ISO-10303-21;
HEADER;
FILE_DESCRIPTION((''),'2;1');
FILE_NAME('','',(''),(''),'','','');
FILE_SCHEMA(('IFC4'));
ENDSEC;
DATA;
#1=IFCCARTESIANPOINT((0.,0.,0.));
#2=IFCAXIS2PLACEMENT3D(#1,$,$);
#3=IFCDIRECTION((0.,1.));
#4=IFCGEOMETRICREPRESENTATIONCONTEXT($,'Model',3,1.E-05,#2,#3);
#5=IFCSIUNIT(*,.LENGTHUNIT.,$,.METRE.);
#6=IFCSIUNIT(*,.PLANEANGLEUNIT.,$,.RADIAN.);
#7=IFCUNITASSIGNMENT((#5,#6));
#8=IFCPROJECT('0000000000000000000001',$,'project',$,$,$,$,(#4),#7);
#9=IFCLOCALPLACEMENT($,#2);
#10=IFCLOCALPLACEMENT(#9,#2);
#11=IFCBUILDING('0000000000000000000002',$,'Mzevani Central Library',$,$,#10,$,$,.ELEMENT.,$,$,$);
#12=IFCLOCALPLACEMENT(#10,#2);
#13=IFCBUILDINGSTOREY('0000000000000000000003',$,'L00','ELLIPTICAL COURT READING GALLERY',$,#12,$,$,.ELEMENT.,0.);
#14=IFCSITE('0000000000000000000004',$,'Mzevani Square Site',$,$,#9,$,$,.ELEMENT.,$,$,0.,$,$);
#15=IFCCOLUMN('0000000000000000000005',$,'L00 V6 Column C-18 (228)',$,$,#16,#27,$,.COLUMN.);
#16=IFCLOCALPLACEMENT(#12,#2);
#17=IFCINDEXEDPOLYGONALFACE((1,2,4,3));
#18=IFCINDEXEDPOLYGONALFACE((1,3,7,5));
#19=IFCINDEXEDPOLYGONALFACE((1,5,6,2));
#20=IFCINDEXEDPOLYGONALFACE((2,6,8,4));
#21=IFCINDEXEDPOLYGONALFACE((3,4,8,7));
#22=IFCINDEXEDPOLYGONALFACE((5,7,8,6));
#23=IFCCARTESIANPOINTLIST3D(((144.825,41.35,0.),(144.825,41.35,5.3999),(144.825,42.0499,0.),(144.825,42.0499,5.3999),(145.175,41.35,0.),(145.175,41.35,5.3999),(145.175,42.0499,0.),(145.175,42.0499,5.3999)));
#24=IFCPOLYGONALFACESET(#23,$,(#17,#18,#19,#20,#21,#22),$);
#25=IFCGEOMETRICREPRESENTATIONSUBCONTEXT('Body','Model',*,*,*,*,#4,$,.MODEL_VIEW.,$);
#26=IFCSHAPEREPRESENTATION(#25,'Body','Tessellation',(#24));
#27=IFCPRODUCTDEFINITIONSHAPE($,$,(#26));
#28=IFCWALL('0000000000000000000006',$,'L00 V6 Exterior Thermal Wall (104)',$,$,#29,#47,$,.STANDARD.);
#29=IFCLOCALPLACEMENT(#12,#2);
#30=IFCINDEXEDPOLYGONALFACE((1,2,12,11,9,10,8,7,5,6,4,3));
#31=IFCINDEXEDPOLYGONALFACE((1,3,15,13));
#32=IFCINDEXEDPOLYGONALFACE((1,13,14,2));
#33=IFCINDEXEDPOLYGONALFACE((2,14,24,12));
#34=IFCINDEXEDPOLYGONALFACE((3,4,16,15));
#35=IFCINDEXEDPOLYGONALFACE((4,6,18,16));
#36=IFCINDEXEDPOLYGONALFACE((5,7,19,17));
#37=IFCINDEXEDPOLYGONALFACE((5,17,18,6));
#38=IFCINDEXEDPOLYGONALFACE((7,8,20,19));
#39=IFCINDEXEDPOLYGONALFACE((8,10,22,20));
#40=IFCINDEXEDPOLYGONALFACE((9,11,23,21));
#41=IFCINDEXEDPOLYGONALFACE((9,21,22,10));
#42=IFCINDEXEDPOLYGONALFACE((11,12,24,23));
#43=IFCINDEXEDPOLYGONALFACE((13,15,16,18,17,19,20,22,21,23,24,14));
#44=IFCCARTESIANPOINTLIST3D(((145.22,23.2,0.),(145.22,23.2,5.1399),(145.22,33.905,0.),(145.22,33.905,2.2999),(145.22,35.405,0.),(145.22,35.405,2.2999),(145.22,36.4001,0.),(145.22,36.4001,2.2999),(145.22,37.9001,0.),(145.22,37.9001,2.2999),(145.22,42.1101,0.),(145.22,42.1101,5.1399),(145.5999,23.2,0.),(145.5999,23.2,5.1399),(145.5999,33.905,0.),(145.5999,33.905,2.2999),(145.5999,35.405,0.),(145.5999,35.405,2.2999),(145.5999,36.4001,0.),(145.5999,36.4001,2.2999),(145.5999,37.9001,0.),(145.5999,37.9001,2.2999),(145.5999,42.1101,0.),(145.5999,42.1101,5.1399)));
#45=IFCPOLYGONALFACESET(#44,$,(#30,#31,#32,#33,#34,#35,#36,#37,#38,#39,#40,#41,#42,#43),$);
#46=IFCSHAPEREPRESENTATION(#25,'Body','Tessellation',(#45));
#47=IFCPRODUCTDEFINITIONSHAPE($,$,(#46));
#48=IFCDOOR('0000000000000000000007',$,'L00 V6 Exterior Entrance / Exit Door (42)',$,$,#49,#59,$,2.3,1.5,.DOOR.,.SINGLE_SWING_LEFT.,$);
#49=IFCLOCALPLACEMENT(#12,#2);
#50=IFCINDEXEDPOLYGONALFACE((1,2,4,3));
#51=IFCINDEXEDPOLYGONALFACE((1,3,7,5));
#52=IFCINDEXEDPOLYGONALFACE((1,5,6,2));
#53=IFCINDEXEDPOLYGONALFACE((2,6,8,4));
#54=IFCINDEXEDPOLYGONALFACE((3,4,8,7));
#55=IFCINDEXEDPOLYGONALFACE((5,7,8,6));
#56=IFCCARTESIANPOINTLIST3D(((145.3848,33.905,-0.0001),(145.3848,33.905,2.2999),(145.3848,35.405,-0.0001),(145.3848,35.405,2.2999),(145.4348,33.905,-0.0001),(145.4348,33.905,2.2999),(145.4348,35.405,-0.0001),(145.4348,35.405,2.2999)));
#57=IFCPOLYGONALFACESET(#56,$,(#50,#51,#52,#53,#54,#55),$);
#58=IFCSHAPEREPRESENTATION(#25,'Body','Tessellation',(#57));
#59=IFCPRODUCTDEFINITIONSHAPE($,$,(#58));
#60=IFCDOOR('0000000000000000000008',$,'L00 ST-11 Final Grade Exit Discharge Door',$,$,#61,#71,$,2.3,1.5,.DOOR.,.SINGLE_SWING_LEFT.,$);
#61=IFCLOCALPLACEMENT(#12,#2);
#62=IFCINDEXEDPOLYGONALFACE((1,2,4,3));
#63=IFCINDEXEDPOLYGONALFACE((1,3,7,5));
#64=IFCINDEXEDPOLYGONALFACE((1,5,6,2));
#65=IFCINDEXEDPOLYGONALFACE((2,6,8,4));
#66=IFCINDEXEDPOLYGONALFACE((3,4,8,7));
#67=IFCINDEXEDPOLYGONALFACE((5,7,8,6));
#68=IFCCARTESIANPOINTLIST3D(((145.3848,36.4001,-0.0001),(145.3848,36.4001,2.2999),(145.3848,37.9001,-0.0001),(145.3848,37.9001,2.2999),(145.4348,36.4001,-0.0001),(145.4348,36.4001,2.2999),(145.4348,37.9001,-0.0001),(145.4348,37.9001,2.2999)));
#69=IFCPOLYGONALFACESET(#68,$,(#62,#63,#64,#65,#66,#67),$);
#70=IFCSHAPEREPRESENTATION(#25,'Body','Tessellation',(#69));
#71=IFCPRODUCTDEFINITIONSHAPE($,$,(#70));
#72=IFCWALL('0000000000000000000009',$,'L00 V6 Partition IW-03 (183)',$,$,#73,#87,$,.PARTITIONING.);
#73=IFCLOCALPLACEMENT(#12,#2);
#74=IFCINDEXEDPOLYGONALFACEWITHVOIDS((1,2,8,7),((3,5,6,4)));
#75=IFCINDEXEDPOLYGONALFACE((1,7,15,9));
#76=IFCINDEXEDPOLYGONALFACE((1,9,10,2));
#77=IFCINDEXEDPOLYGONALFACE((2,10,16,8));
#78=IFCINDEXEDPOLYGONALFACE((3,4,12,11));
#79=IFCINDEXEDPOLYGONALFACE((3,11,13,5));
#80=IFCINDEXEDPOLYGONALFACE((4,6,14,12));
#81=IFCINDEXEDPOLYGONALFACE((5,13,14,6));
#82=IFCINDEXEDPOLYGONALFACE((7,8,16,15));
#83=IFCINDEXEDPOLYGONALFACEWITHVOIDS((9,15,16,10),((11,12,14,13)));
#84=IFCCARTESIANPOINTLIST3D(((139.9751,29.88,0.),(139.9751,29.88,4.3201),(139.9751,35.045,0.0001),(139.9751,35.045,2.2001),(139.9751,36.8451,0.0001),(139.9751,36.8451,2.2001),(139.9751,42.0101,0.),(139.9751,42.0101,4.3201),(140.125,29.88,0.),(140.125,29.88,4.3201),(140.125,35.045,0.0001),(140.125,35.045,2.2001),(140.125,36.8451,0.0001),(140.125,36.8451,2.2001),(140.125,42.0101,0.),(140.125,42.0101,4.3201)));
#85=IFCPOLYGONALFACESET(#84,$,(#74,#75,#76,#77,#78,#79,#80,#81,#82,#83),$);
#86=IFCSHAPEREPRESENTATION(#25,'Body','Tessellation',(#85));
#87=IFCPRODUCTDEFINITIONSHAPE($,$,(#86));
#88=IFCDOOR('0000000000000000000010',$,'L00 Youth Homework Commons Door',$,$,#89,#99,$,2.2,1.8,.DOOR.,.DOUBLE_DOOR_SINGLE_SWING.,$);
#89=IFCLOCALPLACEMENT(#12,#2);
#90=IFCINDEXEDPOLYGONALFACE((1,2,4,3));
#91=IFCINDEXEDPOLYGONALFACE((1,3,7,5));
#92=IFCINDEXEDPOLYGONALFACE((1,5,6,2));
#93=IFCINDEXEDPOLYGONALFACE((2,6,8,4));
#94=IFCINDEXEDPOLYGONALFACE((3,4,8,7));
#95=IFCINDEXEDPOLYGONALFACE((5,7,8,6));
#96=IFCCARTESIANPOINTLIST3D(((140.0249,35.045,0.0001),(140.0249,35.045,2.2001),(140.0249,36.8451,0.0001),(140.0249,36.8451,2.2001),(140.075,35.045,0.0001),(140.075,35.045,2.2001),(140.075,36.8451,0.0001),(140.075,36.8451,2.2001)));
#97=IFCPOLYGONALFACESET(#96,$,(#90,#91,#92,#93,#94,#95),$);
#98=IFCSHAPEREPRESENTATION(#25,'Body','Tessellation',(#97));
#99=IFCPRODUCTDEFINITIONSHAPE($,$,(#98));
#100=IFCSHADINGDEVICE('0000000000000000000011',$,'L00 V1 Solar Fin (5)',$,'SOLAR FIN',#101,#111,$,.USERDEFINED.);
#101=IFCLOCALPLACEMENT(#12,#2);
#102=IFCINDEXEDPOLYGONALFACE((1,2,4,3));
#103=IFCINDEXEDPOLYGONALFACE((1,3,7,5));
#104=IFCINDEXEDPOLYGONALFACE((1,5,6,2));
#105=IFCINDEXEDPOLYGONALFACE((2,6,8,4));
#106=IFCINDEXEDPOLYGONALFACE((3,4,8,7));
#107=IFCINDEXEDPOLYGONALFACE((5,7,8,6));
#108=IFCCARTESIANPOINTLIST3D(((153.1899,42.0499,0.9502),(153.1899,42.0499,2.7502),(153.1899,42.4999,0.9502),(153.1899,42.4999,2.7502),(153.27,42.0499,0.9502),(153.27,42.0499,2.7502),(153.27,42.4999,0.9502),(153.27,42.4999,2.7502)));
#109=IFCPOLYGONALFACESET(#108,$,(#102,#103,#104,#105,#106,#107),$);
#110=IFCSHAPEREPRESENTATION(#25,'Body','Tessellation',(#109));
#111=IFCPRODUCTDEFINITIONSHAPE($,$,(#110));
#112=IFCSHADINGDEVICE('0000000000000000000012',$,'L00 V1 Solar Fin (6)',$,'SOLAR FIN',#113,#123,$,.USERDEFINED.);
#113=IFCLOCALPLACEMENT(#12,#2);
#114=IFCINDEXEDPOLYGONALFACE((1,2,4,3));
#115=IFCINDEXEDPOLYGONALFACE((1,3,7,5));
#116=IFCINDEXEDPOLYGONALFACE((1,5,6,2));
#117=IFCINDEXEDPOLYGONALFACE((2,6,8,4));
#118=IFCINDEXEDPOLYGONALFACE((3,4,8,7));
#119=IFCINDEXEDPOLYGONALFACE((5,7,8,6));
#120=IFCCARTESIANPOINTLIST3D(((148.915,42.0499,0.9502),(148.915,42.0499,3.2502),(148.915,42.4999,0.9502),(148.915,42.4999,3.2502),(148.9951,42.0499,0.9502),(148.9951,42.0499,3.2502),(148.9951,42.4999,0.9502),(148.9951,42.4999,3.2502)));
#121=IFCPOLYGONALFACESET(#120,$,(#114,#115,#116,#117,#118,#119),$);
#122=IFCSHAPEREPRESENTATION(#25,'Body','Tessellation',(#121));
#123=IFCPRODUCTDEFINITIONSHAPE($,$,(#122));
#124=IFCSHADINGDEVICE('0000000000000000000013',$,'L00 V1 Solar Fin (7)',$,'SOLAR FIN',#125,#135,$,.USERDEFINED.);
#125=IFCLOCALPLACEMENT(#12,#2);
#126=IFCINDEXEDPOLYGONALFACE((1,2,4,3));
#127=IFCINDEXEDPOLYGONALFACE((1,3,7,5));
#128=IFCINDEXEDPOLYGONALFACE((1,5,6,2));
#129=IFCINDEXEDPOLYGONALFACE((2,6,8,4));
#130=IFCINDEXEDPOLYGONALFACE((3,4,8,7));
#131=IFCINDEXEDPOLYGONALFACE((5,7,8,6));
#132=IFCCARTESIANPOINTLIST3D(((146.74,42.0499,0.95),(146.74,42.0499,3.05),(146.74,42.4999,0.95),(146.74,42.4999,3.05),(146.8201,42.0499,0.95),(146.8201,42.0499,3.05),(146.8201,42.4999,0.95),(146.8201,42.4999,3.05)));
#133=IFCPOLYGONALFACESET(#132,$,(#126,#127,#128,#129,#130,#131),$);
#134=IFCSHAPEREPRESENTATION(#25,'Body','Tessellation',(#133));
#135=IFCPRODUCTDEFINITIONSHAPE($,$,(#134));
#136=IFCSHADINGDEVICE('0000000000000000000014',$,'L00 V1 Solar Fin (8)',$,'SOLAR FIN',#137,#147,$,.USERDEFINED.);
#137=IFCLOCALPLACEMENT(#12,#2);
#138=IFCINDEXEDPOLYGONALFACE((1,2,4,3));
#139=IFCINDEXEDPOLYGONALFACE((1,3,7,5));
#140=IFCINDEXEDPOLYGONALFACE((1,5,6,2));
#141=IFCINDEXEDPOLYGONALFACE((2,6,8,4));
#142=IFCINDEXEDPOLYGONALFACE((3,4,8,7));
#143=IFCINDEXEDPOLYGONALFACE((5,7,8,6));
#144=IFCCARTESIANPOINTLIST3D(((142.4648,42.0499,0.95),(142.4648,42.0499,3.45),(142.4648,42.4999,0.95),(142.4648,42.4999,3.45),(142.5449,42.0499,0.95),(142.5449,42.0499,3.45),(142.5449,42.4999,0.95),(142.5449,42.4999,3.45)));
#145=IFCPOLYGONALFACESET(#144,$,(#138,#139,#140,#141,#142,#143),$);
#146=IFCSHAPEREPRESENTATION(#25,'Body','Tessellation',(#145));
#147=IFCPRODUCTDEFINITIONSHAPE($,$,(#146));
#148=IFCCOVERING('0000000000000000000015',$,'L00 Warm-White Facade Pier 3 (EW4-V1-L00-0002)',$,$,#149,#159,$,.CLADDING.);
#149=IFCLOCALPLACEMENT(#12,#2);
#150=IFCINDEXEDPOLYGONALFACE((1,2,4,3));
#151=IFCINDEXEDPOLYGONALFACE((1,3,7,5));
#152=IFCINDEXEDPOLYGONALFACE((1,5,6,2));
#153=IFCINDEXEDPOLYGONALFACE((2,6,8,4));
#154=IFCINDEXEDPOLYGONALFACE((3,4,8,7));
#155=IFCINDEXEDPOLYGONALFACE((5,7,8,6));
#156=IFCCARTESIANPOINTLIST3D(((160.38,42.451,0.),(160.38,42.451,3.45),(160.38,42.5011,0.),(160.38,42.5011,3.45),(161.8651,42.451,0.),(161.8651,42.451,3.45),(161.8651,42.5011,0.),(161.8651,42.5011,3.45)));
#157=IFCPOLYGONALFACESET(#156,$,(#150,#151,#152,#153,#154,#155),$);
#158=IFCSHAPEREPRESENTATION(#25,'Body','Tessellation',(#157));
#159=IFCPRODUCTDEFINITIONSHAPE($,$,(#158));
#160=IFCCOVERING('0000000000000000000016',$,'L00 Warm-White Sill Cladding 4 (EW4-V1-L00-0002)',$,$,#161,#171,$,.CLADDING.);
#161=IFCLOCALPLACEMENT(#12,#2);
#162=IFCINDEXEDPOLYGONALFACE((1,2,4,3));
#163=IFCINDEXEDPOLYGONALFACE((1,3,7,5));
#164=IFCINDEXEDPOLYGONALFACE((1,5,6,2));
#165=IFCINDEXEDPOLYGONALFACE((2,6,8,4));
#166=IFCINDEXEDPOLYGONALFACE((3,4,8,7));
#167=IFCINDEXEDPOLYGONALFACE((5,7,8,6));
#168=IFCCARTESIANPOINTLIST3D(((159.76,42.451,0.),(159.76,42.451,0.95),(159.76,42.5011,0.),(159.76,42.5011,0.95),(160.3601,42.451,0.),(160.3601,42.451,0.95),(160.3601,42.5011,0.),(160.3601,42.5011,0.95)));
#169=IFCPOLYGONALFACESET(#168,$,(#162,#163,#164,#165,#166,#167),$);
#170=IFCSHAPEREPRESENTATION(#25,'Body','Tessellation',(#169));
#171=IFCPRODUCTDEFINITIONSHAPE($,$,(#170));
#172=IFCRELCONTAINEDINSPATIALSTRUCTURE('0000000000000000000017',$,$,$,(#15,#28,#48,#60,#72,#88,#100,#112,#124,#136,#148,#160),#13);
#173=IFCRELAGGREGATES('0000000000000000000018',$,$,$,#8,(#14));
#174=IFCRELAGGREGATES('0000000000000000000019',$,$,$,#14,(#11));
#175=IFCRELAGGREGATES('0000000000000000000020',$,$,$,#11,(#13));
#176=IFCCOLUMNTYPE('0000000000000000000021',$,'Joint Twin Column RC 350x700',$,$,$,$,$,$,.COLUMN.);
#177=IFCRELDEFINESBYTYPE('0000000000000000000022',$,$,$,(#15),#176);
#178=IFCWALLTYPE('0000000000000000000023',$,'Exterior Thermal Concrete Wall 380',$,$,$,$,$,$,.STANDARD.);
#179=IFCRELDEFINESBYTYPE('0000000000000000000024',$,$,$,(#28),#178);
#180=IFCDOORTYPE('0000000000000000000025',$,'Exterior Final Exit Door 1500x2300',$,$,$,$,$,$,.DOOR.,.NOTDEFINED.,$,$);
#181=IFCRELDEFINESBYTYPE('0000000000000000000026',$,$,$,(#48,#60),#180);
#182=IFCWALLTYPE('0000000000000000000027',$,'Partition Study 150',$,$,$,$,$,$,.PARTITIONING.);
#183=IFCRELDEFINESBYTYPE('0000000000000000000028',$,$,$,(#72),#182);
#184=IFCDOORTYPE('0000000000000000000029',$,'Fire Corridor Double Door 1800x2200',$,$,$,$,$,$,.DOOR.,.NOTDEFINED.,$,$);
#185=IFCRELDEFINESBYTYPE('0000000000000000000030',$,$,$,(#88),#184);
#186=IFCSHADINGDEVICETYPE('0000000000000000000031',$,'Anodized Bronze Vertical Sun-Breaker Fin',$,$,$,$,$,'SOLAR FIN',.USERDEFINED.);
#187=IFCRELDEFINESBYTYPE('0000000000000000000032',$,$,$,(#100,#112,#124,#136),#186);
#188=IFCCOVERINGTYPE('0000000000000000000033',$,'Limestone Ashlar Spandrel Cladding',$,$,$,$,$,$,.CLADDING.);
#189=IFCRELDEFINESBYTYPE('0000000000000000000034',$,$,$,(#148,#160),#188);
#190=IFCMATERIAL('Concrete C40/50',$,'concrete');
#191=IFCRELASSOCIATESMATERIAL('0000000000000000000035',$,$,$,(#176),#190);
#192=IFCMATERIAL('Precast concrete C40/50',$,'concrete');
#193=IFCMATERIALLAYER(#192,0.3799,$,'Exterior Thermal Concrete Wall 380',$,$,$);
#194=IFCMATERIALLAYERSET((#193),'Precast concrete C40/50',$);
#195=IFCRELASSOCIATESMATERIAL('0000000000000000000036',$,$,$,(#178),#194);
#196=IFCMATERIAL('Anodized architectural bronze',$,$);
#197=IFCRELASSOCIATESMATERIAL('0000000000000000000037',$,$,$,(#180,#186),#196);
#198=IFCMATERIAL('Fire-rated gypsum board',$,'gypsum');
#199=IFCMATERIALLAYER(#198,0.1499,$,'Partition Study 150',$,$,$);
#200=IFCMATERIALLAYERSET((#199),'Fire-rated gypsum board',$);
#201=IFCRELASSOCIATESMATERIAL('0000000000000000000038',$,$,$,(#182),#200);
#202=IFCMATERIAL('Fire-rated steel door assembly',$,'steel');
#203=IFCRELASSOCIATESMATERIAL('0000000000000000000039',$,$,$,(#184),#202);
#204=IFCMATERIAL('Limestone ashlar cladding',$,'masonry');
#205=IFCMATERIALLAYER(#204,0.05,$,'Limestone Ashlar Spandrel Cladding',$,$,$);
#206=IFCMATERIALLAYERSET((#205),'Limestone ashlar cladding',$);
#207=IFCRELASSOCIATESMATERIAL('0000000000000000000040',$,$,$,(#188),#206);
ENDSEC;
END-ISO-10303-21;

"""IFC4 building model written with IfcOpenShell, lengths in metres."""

from ifc_helpers import new_model, si_unit, direction, frame, frame_2d, origin, origin_2d, place, context, subcontext, project, spatial, rectangle, extrude, material, layer, layer_set, material_profile, profile_set, type_object, element, fill, save


model = new_model("IFC4")

# Units and contexts
model_context = context("Model", 3, precision=1e-05, world=origin(), true_north=direction((0.0, 1.0)))
body_context = subcontext(model_context, "Body", "Model", "MODEL_VIEW")
ifc_project = project(units=[si_unit("LENGTHUNIT", "METRE"), si_unit("PLANEANGLEUNIT", "RADIAN")], contexts=[model_context])

# Site, building, storey
site_placement = place(None, origin())
site = spatial("IfcSite", under=ifc_project, at=site_placement, Name="Mzevani Square Site", CompositionType="ELEMENT", RefElevation=0.0)
building_placement = place(site_placement, origin())
building = spatial("IfcBuilding", under=site, at=building_placement, Name="Mzevani Central Library", CompositionType="ELEMENT")
storey_placement = place(building_placement, origin())
storey = spatial("IfcBuildingStorey", under=building, at=storey_placement, Name="L00", Description="ELLIPTICAL COURT READING GALLERY", CompositionType="ELEMENT", Elevation=0.0)

# Column
ifc_material_1 = material(Name="Concrete C40/50", Category="concrete")
ifc_material_profile = material_profile(ifc_material_1, rectangle(XDim=0.3501, YDim=0.7, at=origin_2d()), Name="RC 350x700")
ifc_profile_set = profile_set([ifc_material_profile], Name="Concrete C40/50")
column_type = type_object("IfcColumnType", Name="Joint Twin Column RC 350x700", PredefinedType="COLUMN", material=ifc_profile_set)
column_placement = place(storey_placement, frame((145.0, 41.7, 0.0), z_axis=(0.0, 0.0, 1.0), x_axis=(1.0, 0.0, 0.0)))
element("IfcColumn", 1, at=column_placement, inside=storey, type_object=column_type, Name="L00 V6 Column C-18 (228)", PredefinedType="COLUMN", context=body_context, shape_type="SweptSolid", body=[
    extrude(rectangle(XDim=0.3501, YDim=0.7, at=origin_2d()), origin(), (0.0, 0.0, 1.0), 5.3999),
])

# Wall, openings, doors
ifc_material_2 = material(Name="Precast concrete C40/50", Category="concrete")
ifc_layer_1 = layer(ifc_material_2, 0.3799, Name="Exterior Thermal Concrete Wall 380")
ifc_layer_set_1 = layer_set([ifc_layer_1], Name="Precast concrete C40/50")
wall_type_1 = type_object("IfcWallType", Name="Exterior Thermal Concrete Wall 380", PredefinedType="STANDARD", material=ifc_layer_set_1)
wall_1_placement = place(storey_placement, frame((145.4099, 42.1101, 0.0), z_axis=(0.0, 0.0, 1.0), x_axis=(0.0, -1.0, 0.0)))
wall_1 = element("IfcWall", 2, at=wall_1_placement, inside=storey, type_object=wall_type_1, Name="L00 V6 Exterior Thermal Wall (104)", PredefinedType="STANDARD", context=body_context, shape_type="SweptSolid", body=[
    extrude(rectangle(XDim=18.9102, YDim=0.3799, at=frame_2d((9.4551, 0.0))), origin(), (0.0, 0.0, 1.0), 5.1399),
])
opening_1_placement = place(wall_1_placement, frame((6.7051, 0.0, 0.0)))
opening_1 = element("IfcOpeningElement", 3, at=opening_1_placement, cuts=wall_1, PredefinedType="OPENING", context=body_context, shape_type="SweptSolid", body=[
    extrude(rectangle(XDim=1.5, YDim=2.3, at=frame_2d((0.75, 1.1499))), frame((0.0, 0.2, 0.0), z_axis=(0.0, -1.0, 0.0), x_axis=(1.0, 0.0, 0.0)), (0.0, 0.0, 1.0), 0.3999),
])
opening_2_placement = place(wall_1_placement, frame((4.21, 0.0, 0.0)))
opening_2 = element("IfcOpeningElement", 4, at=opening_2_placement, cuts=wall_1, PredefinedType="OPENING", context=body_context, shape_type="SweptSolid", body=[
    extrude(rectangle(XDim=1.5, YDim=2.3, at=frame_2d((0.75, 1.1499))), frame((0.0, 0.2, 0.0), z_axis=(0.0, -1.0, 0.0), x_axis=(1.0, 0.0, 0.0)), (0.0, 0.0, 1.0), 0.3999),
])
ifc_material_3 = material(Name="Anodized architectural bronze")
door_type_1 = type_object("IfcDoorType", Name="Exterior Final Exit Door 1500x2300", OperationType="NOTDEFINED", PredefinedType="DOOR", material=ifc_material_3)
door_1_placement = place(opening_1_placement, origin())
door_1 = element("IfcDoor", 5, at=door_1_placement, inside=storey, type_object=door_type_1, Name="L00 V6 Exterior Entrance / Exit Door (42)", OperationType="SINGLE_SWING_LEFT", OverallHeight=2.3, OverallWidth=1.5, PredefinedType="DOOR", context=body_context, shape_type="SweptSolid", body=[
    extrude(rectangle(XDim=1.5, YDim=2.3, at=frame_2d((0.75, 1.1499))), frame((0.0, 0.0249, 0.0), z_axis=(0.0, -1.0, 0.0), x_axis=(1.0, 0.0, 0.0)), (0.0, 0.0, 1.0), 0.05),
])
fill(opening_1, door_1)
door_2_placement = place(opening_2_placement, origin())
door_2 = element("IfcDoor", 6, at=door_2_placement, inside=storey, type_object=door_type_1, Name="L00 ST-11 Final Grade Exit Discharge Door", OperationType="SINGLE_SWING_LEFT", OverallHeight=2.3, OverallWidth=1.5, PredefinedType="DOOR", context=body_context, shape_type="SweptSolid", body=[
    extrude(rectangle(XDim=1.5, YDim=2.3, at=frame_2d((0.75, 1.1499))), frame((0.0, 0.0249, 0.0), z_axis=(0.0, -1.0, 0.0), x_axis=(1.0, 0.0, 0.0)), (0.0, 0.0, 1.0), 0.05),
])
fill(opening_2, door_2)

# Wall, opening, door
ifc_material_4 = material(Name="Fire-rated gypsum board", Category="gypsum")
ifc_layer_2 = layer(ifc_material_4, 0.1499, Name="Partition Study 150")
ifc_layer_set_2 = layer_set([ifc_layer_2], Name="Fire-rated gypsum board")
wall_type_2 = type_object("IfcWallType", Name="Partition Study 150", PredefinedType="PARTITIONING", material=ifc_layer_set_2)
wall_2_placement = place(storey_placement, frame((140.05, 42.01, 0.0), z_axis=(0.0, 0.0, 1.0), x_axis=(0.0, -1.0, 0.0)))
wall_2 = element("IfcWall", 7, at=wall_2_placement, inside=storey, type_object=wall_type_2, Name="L00 V6 Partition IW-03 (183)", PredefinedType="PARTITIONING", context=body_context, shape_type="SweptSolid", body=[
    extrude(rectangle(XDim=12.1301, YDim=0.1499, at=frame_2d((6.0649, 0.0))), origin(), (0.0, 0.0, 1.0), 4.3201),
])
opening_3_placement = place(wall_2_placement, frame((5.165, 0.0, 0.0)))
opening_3 = element("IfcOpeningElement", 8, at=opening_3_placement, cuts=wall_2, PredefinedType="OPENING", context=body_context, shape_type="SweptSolid", body=[
    extrude(rectangle(XDim=1.8, YDim=2.2, at=frame_2d((0.8999, 1.1001))), frame((0.0, 0.085, 0.0), z_axis=(0.0, -1.0, 0.0), x_axis=(1.0, 0.0, 0.0)), (0.0, 0.0, 1.0), 0.1699),
])
ifc_material_5 = material(Name="Fire-rated steel door assembly", Category="steel")
door_type_2 = type_object("IfcDoorType", Name="Fire Corridor Double Door 1800x2200", OperationType="NOTDEFINED", PredefinedType="DOOR", material=ifc_material_5)
door_3_placement = place(opening_3_placement, origin())
door_3 = element("IfcDoor", 9, at=door_3_placement, inside=storey, type_object=door_type_2, Name="L00 Youth Homework Commons Door", OperationType="DOUBLE_DOOR_SINGLE_SWING", OverallHeight=2.2, OverallWidth=1.8, PredefinedType="DOOR", context=body_context, shape_type="SweptSolid", body=[
    extrude(rectangle(XDim=1.8, YDim=2.2, at=frame_2d((0.8999, 1.1001))), frame((0.0, 0.0249, 0.0), z_axis=(0.0, -1.0, 0.0), x_axis=(1.0, 0.0, 0.0)), (0.0, 0.0, 1.0), 0.05),
])
fill(opening_3, door_3)

# Shading devices
shading_device_type = type_object("IfcShadingDeviceType", Name="Anodized Bronze Vertical Sun-Breaker Fin", ElementType="SOLAR FIN", PredefinedType="USERDEFINED", material=ifc_material_3)
shading_device_1_placement = place(storey_placement, frame((153.23, 42.2749, 0.9502), z_axis=(0.0, 0.0, 1.0), x_axis=(-1.0, 0.0, 0.0)))
element("IfcShadingDevice", 10, at=shading_device_1_placement, inside=storey, type_object=shading_device_type, Name="L00 V1 Solar Fin (5)", ObjectType="SOLAR FIN", PredefinedType="USERDEFINED", context=body_context, shape_type="SweptSolid", body=[
    extrude(rectangle(XDim=0.0801, YDim=0.45, at=origin_2d()), origin(), (0.0, 0.0, 1.0), 1.8),
])
shading_device_2_placement = place(storey_placement, frame((148.9551, 42.2749, 0.9502), z_axis=(0.0, 0.0, 1.0), x_axis=(-1.0, 0.0, 0.0)))
element("IfcShadingDevice", 11, at=shading_device_2_placement, inside=storey, type_object=shading_device_type, Name="L00 V1 Solar Fin (6)", ObjectType="SOLAR FIN", PredefinedType="USERDEFINED", context=body_context, shape_type="SweptSolid", body=[
    extrude(rectangle(XDim=0.0801, YDim=0.45, at=origin_2d()), origin(), (0.0, 0.0, 1.0), 2.3),
])
shading_device_3_placement = place(storey_placement, frame((146.78, 42.2749, 0.95), z_axis=(0.0, 0.0, 1.0), x_axis=(-1.0, 0.0, 0.0)))
element("IfcShadingDevice", 12, at=shading_device_3_placement, inside=storey, type_object=shading_device_type, Name="L00 V1 Solar Fin (7)", ObjectType="SOLAR FIN", PredefinedType="USERDEFINED", context=body_context, shape_type="SweptSolid", body=[
    extrude(rectangle(XDim=0.0801, YDim=0.45, at=origin_2d()), origin(), (0.0, 0.0, 1.0), 2.1001),
])
shading_device_4_placement = place(storey_placement, frame((142.5049, 42.2749, 0.95), z_axis=(0.0, 0.0, 1.0), x_axis=(-1.0, 0.0, 0.0)))
element("IfcShadingDevice", 13, at=shading_device_4_placement, inside=storey, type_object=shading_device_type, Name="L00 V1 Solar Fin (8)", ObjectType="SOLAR FIN", PredefinedType="USERDEFINED", context=body_context, shape_type="SweptSolid", body=[
    extrude(rectangle(XDim=0.0801, YDim=0.45, at=origin_2d()), origin(), (0.0, 0.0, 1.0), 2.5),
])

# Coverings
ifc_material_6 = material(Name="Limestone ashlar cladding", Category="masonry")
ifc_layer_3 = layer(ifc_material_6, 0.05, Name="Limestone Ashlar Spandrel Cladding")
ifc_layer_set_3 = layer_set([ifc_layer_3], Name="Limestone ashlar cladding")
covering_type_1 = type_object("IfcCoveringType", Name="Limestone Ashlar Spandrel Cladding", PredefinedType="CLADDING", material=ifc_layer_set_3)
covering_1_placement = place(storey_placement, frame((161.1226, 42.4761, 0.0), z_axis=(0.0, 0.0, 1.0), x_axis=(-1.0, 0.0, 0.0)))
element("IfcCovering", 14, at=covering_1_placement, inside=storey, type_object=covering_type_1, Name="L00 Warm-White Facade Pier 3 (EW4-V1-L00-0002)", PredefinedType="CLADDING", context=body_context, shape_type="SweptSolid", body=[
    extrude(rectangle(XDim=1.4851, YDim=0.05, at=origin_2d()), origin(), (0.0, 0.0, 1.0), 3.45),
])
covering_2_placement = place(storey_placement, frame((160.0601, 42.4761, 0.0), z_axis=(0.0, 0.0, 1.0), x_axis=(-1.0, 0.0, 0.0)))
element("IfcCovering", 15, at=covering_2_placement, inside=storey, type_object=covering_type_1, Name="L00 Warm-White Sill Cladding 4 (EW4-V1-L00-0002)", PredefinedType="CLADDING", context=body_context, shape_type="SweptSolid", body=[
    extrude(rectangle(XDim=0.6001, YDim=0.05, at=origin_2d()), origin(), (0.0, 0.0, 1.0), 0.95),
])

save(model, "model.ifc")
